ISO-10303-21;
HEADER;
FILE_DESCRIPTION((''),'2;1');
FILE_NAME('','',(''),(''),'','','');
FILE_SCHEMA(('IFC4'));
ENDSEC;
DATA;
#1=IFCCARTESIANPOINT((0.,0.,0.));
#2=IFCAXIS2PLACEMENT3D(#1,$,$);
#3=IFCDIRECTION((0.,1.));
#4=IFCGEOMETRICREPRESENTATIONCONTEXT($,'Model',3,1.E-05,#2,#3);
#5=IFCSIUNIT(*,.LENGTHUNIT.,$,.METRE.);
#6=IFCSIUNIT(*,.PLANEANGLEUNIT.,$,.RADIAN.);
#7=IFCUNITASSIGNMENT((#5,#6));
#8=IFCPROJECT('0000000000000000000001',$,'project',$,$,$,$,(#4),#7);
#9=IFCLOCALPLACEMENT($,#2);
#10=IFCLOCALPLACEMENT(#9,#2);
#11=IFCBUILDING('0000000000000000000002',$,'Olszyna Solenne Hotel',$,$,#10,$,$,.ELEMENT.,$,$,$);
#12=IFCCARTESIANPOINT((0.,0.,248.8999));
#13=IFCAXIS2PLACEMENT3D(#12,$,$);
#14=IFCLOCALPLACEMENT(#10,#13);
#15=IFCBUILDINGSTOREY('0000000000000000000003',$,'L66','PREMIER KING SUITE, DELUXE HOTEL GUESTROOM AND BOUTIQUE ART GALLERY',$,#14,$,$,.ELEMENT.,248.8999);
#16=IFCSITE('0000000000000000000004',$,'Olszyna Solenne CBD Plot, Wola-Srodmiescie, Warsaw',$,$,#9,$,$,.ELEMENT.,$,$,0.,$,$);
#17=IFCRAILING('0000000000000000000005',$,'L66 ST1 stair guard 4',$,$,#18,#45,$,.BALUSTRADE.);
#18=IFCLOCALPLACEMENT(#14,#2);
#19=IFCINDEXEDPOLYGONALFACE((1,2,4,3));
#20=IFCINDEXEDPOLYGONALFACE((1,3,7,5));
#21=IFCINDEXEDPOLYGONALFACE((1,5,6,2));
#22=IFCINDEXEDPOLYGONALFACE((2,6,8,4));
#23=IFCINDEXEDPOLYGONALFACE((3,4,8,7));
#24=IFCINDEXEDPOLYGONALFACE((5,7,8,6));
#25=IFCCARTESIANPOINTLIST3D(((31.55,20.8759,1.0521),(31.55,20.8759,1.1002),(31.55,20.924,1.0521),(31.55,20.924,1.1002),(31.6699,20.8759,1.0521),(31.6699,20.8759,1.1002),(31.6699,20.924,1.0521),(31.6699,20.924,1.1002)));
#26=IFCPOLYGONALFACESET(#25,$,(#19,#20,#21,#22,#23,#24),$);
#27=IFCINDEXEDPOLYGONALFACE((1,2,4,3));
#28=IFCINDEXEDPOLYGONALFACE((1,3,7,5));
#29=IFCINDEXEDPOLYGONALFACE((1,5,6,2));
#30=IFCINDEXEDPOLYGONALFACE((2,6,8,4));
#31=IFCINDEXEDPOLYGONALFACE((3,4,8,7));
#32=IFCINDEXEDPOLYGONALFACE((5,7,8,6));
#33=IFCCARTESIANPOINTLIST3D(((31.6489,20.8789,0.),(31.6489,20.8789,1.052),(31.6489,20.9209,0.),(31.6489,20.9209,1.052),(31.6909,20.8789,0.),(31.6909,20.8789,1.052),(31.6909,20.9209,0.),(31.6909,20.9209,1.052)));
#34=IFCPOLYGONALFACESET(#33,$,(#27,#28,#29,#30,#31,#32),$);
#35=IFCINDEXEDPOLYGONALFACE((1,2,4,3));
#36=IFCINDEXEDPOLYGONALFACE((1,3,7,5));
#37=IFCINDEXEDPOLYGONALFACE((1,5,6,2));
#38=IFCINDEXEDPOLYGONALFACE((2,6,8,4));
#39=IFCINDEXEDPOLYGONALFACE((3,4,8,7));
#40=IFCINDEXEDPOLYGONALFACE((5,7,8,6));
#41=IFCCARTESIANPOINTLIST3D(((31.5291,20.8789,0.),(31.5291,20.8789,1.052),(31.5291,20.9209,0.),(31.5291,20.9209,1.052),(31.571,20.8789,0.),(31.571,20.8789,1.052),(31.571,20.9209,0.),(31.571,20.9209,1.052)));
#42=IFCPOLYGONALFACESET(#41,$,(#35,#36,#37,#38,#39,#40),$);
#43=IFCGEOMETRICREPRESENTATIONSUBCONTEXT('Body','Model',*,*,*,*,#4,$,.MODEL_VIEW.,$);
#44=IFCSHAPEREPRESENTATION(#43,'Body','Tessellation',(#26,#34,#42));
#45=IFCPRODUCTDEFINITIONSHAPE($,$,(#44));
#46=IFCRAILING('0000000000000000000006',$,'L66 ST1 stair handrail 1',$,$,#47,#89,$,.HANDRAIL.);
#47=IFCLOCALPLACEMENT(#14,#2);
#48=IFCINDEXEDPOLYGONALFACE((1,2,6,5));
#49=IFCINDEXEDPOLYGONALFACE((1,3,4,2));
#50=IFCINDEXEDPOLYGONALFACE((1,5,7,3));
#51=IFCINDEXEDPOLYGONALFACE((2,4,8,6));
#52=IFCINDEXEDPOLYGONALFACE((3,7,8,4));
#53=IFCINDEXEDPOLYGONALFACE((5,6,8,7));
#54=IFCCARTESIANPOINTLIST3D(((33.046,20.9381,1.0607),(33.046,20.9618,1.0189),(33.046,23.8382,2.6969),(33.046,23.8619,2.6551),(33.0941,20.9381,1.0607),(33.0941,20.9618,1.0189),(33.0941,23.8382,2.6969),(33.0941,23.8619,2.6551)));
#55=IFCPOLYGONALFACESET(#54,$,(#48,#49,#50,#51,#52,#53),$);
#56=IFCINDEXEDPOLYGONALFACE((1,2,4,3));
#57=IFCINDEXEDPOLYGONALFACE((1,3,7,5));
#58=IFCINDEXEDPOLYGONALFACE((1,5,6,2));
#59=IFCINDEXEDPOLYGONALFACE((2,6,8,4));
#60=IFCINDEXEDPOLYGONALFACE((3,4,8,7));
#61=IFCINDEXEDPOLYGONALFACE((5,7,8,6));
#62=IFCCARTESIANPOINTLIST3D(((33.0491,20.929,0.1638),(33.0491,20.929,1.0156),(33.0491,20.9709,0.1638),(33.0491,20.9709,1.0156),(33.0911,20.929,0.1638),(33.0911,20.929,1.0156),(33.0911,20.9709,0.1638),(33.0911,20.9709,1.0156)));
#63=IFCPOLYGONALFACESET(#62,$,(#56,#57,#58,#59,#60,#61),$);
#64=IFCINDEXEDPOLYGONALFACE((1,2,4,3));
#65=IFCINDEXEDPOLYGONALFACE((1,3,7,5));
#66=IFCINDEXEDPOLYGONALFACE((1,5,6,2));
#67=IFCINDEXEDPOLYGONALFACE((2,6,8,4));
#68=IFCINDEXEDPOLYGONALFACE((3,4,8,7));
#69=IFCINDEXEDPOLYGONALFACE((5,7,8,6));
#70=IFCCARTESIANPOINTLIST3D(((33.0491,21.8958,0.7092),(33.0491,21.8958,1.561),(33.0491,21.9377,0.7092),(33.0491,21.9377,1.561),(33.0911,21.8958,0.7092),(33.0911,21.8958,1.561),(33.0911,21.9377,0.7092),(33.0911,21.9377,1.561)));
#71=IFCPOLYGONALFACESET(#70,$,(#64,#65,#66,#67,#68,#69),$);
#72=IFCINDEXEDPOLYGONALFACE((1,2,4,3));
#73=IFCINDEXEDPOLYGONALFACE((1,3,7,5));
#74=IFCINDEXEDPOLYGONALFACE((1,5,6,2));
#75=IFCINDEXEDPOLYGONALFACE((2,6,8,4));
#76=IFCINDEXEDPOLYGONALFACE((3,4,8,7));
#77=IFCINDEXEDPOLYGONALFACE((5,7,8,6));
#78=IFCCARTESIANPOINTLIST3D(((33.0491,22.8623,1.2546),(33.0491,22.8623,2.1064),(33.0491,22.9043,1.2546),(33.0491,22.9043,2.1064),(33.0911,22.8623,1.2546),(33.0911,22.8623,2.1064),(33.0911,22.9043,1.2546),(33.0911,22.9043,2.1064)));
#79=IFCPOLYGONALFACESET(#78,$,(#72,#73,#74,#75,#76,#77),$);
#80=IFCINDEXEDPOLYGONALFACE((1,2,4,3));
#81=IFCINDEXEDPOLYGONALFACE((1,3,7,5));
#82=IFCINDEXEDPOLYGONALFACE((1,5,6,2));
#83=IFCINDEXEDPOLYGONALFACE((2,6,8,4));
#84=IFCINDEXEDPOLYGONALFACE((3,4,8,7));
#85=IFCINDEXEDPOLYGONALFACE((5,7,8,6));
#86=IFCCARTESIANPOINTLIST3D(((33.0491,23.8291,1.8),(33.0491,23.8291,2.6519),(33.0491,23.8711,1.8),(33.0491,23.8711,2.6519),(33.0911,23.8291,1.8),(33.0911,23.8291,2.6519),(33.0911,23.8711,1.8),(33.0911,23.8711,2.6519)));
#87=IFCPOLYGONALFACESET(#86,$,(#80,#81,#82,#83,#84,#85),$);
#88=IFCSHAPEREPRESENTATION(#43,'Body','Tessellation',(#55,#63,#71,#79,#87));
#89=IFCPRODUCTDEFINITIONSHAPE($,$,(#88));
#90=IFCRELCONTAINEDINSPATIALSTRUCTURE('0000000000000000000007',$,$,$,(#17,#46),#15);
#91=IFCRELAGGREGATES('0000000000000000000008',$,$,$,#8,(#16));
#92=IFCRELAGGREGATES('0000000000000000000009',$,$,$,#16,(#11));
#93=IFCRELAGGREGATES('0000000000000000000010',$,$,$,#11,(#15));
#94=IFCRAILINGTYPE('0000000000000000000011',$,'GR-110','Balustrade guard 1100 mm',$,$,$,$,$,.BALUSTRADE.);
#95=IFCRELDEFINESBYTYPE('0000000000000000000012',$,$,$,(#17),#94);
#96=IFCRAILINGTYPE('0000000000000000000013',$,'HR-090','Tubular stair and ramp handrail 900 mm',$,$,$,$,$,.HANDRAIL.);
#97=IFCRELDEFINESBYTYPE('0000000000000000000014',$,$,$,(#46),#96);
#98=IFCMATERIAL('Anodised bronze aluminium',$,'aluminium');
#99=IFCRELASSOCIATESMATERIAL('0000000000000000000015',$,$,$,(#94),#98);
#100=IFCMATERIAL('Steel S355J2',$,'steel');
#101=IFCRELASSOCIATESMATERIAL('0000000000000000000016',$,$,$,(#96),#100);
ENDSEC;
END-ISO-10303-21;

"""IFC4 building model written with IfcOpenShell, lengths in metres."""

from ifc_helpers import new_model, si_unit, direction, frame, origin, origin_2d, place, context, subcontext, project, spatial, rectangle, extrude, material, type_object, element, save


model = new_model("IFC4")

# Units and contexts
model_context = context("Model", 3, precision=1e-05, world=origin(), true_north=direction((0.0, 1.0)))
body_context = subcontext(model_context, "Body", "Model", "MODEL_VIEW")
ifc_project = project(units=[si_unit("LENGTHUNIT", "METRE"), si_unit("PLANEANGLEUNIT", "RADIAN")], contexts=[model_context])

# Site, building, storey
site_placement = place(None, origin())
site = spatial("IfcSite", under=ifc_project, at=site_placement, Name="Olszyna Solenne CBD Plot, Wola-Srodmiescie, Warsaw", CompositionType="ELEMENT", RefElevation=0.0)
building_placement = place(site_placement, origin())
building = spatial("IfcBuilding", under=site, at=building_placement, Name="Olszyna Solenne Hotel", CompositionType="ELEMENT")
storey_placement = place(building_placement, frame((0.0, 0.0, 248.8999)))
storey = spatial("IfcBuildingStorey", under=building, at=storey_placement, Name="L66", Description="PREMIER KING SUITE, DELUXE HOTEL GUESTROOM AND BOUTIQUE ART GALLERY", CompositionType="ELEMENT", Elevation=248.8999)

# Shared definitions
ifc_material_1 = material(Name="Steel S355J2", Category="steel")

# Railings
ifc_material_2 = material(Name="Anodised bronze aluminium", Category="aluminium")
railing_type_1 = type_object("IfcRailingType", Name="GR-110", Description="Balustrade guard 1100 mm", PredefinedType="BALUSTRADE", material=ifc_material_2)
railing_1_placement = place(storey_placement, frame((31.6699, 20.8999, 0.0)))
element("IfcRailing", 1, at=railing_1_placement, inside=storey, type_object=railing_type_1, Name="L66 ST1 stair guard 4", PredefinedType="BALUSTRADE", context=body_context, shape_type="SweptSolid", body=[
    extrude(rectangle(XDim=0.0481, YDim=0.0481, at=origin_2d()), frame((0.0, 0.0, 1.0762), z_axis=(-1.0, 0.0, 0.0), x_axis=(0.0, -1.0, 0.0)), (0.0, 0.0, 1.0), 0.1199),
    extrude(rectangle(XDim=0.042, YDim=0.042, at=origin_2d()), origin(), (0.0, 0.0, 1.0), 1.052),
    extrude(rectangle(XDim=0.042, YDim=0.042, at=origin_2d()), frame((-0.1199, 0.0, 0.0)), (0.0, 0.0, 1.0), 1.052),
])
railing_type_2 = type_object("IfcRailingType", Name="HR-090", Description="Tubular stair and ramp handrail 900 mm", PredefinedType="HANDRAIL", material=ifc_material_1)
railing_2_placement = place(storey_placement, frame((33.0701, 20.95, 0.1638)))
element("IfcRailing", 2, at=railing_2_placement, inside=storey, type_object=railing_type_2, Name="L66 ST1 stair handrail 1", PredefinedType="HANDRAIL", context=body_context, shape_type="SweptSolid", body=[
    extrude(rectangle(XDim=0.0481, YDim=0.0481, at=origin_2d()), frame((0.0, 0.0, 0.876), z_axis=(0.0, 0.870946, 0.491378), x_axis=(-1.0, 0.0, 0.0)), (0.0, 0.0, 1.0), 3.3298),
    extrude(rectangle(XDim=0.042, YDim=0.042, at=origin_2d()), origin(), (0.0, 0.0, 1.0), 0.8518),
    extrude(rectangle(XDim=0.042, YDim=0.042, at=origin_2d()), frame((0.0, 0.9668, 0.5454)), (0.0, 0.0, 1.0), 0.8518),
    extrude(rectangle(XDim=0.042, YDim=0.042, at=origin_2d()), frame((0.0, 1.9333, 1.0908)), (0.0, 0.0, 1.0), 0.8518),
    extrude(rectangle(XDim=0.042, YDim=0.042, at=origin_2d()), frame((0.0, 2.9001, 1.6362)), (0.0, 0.0, 1.0), 0.8518),
])

save(model, "model.ifc")
